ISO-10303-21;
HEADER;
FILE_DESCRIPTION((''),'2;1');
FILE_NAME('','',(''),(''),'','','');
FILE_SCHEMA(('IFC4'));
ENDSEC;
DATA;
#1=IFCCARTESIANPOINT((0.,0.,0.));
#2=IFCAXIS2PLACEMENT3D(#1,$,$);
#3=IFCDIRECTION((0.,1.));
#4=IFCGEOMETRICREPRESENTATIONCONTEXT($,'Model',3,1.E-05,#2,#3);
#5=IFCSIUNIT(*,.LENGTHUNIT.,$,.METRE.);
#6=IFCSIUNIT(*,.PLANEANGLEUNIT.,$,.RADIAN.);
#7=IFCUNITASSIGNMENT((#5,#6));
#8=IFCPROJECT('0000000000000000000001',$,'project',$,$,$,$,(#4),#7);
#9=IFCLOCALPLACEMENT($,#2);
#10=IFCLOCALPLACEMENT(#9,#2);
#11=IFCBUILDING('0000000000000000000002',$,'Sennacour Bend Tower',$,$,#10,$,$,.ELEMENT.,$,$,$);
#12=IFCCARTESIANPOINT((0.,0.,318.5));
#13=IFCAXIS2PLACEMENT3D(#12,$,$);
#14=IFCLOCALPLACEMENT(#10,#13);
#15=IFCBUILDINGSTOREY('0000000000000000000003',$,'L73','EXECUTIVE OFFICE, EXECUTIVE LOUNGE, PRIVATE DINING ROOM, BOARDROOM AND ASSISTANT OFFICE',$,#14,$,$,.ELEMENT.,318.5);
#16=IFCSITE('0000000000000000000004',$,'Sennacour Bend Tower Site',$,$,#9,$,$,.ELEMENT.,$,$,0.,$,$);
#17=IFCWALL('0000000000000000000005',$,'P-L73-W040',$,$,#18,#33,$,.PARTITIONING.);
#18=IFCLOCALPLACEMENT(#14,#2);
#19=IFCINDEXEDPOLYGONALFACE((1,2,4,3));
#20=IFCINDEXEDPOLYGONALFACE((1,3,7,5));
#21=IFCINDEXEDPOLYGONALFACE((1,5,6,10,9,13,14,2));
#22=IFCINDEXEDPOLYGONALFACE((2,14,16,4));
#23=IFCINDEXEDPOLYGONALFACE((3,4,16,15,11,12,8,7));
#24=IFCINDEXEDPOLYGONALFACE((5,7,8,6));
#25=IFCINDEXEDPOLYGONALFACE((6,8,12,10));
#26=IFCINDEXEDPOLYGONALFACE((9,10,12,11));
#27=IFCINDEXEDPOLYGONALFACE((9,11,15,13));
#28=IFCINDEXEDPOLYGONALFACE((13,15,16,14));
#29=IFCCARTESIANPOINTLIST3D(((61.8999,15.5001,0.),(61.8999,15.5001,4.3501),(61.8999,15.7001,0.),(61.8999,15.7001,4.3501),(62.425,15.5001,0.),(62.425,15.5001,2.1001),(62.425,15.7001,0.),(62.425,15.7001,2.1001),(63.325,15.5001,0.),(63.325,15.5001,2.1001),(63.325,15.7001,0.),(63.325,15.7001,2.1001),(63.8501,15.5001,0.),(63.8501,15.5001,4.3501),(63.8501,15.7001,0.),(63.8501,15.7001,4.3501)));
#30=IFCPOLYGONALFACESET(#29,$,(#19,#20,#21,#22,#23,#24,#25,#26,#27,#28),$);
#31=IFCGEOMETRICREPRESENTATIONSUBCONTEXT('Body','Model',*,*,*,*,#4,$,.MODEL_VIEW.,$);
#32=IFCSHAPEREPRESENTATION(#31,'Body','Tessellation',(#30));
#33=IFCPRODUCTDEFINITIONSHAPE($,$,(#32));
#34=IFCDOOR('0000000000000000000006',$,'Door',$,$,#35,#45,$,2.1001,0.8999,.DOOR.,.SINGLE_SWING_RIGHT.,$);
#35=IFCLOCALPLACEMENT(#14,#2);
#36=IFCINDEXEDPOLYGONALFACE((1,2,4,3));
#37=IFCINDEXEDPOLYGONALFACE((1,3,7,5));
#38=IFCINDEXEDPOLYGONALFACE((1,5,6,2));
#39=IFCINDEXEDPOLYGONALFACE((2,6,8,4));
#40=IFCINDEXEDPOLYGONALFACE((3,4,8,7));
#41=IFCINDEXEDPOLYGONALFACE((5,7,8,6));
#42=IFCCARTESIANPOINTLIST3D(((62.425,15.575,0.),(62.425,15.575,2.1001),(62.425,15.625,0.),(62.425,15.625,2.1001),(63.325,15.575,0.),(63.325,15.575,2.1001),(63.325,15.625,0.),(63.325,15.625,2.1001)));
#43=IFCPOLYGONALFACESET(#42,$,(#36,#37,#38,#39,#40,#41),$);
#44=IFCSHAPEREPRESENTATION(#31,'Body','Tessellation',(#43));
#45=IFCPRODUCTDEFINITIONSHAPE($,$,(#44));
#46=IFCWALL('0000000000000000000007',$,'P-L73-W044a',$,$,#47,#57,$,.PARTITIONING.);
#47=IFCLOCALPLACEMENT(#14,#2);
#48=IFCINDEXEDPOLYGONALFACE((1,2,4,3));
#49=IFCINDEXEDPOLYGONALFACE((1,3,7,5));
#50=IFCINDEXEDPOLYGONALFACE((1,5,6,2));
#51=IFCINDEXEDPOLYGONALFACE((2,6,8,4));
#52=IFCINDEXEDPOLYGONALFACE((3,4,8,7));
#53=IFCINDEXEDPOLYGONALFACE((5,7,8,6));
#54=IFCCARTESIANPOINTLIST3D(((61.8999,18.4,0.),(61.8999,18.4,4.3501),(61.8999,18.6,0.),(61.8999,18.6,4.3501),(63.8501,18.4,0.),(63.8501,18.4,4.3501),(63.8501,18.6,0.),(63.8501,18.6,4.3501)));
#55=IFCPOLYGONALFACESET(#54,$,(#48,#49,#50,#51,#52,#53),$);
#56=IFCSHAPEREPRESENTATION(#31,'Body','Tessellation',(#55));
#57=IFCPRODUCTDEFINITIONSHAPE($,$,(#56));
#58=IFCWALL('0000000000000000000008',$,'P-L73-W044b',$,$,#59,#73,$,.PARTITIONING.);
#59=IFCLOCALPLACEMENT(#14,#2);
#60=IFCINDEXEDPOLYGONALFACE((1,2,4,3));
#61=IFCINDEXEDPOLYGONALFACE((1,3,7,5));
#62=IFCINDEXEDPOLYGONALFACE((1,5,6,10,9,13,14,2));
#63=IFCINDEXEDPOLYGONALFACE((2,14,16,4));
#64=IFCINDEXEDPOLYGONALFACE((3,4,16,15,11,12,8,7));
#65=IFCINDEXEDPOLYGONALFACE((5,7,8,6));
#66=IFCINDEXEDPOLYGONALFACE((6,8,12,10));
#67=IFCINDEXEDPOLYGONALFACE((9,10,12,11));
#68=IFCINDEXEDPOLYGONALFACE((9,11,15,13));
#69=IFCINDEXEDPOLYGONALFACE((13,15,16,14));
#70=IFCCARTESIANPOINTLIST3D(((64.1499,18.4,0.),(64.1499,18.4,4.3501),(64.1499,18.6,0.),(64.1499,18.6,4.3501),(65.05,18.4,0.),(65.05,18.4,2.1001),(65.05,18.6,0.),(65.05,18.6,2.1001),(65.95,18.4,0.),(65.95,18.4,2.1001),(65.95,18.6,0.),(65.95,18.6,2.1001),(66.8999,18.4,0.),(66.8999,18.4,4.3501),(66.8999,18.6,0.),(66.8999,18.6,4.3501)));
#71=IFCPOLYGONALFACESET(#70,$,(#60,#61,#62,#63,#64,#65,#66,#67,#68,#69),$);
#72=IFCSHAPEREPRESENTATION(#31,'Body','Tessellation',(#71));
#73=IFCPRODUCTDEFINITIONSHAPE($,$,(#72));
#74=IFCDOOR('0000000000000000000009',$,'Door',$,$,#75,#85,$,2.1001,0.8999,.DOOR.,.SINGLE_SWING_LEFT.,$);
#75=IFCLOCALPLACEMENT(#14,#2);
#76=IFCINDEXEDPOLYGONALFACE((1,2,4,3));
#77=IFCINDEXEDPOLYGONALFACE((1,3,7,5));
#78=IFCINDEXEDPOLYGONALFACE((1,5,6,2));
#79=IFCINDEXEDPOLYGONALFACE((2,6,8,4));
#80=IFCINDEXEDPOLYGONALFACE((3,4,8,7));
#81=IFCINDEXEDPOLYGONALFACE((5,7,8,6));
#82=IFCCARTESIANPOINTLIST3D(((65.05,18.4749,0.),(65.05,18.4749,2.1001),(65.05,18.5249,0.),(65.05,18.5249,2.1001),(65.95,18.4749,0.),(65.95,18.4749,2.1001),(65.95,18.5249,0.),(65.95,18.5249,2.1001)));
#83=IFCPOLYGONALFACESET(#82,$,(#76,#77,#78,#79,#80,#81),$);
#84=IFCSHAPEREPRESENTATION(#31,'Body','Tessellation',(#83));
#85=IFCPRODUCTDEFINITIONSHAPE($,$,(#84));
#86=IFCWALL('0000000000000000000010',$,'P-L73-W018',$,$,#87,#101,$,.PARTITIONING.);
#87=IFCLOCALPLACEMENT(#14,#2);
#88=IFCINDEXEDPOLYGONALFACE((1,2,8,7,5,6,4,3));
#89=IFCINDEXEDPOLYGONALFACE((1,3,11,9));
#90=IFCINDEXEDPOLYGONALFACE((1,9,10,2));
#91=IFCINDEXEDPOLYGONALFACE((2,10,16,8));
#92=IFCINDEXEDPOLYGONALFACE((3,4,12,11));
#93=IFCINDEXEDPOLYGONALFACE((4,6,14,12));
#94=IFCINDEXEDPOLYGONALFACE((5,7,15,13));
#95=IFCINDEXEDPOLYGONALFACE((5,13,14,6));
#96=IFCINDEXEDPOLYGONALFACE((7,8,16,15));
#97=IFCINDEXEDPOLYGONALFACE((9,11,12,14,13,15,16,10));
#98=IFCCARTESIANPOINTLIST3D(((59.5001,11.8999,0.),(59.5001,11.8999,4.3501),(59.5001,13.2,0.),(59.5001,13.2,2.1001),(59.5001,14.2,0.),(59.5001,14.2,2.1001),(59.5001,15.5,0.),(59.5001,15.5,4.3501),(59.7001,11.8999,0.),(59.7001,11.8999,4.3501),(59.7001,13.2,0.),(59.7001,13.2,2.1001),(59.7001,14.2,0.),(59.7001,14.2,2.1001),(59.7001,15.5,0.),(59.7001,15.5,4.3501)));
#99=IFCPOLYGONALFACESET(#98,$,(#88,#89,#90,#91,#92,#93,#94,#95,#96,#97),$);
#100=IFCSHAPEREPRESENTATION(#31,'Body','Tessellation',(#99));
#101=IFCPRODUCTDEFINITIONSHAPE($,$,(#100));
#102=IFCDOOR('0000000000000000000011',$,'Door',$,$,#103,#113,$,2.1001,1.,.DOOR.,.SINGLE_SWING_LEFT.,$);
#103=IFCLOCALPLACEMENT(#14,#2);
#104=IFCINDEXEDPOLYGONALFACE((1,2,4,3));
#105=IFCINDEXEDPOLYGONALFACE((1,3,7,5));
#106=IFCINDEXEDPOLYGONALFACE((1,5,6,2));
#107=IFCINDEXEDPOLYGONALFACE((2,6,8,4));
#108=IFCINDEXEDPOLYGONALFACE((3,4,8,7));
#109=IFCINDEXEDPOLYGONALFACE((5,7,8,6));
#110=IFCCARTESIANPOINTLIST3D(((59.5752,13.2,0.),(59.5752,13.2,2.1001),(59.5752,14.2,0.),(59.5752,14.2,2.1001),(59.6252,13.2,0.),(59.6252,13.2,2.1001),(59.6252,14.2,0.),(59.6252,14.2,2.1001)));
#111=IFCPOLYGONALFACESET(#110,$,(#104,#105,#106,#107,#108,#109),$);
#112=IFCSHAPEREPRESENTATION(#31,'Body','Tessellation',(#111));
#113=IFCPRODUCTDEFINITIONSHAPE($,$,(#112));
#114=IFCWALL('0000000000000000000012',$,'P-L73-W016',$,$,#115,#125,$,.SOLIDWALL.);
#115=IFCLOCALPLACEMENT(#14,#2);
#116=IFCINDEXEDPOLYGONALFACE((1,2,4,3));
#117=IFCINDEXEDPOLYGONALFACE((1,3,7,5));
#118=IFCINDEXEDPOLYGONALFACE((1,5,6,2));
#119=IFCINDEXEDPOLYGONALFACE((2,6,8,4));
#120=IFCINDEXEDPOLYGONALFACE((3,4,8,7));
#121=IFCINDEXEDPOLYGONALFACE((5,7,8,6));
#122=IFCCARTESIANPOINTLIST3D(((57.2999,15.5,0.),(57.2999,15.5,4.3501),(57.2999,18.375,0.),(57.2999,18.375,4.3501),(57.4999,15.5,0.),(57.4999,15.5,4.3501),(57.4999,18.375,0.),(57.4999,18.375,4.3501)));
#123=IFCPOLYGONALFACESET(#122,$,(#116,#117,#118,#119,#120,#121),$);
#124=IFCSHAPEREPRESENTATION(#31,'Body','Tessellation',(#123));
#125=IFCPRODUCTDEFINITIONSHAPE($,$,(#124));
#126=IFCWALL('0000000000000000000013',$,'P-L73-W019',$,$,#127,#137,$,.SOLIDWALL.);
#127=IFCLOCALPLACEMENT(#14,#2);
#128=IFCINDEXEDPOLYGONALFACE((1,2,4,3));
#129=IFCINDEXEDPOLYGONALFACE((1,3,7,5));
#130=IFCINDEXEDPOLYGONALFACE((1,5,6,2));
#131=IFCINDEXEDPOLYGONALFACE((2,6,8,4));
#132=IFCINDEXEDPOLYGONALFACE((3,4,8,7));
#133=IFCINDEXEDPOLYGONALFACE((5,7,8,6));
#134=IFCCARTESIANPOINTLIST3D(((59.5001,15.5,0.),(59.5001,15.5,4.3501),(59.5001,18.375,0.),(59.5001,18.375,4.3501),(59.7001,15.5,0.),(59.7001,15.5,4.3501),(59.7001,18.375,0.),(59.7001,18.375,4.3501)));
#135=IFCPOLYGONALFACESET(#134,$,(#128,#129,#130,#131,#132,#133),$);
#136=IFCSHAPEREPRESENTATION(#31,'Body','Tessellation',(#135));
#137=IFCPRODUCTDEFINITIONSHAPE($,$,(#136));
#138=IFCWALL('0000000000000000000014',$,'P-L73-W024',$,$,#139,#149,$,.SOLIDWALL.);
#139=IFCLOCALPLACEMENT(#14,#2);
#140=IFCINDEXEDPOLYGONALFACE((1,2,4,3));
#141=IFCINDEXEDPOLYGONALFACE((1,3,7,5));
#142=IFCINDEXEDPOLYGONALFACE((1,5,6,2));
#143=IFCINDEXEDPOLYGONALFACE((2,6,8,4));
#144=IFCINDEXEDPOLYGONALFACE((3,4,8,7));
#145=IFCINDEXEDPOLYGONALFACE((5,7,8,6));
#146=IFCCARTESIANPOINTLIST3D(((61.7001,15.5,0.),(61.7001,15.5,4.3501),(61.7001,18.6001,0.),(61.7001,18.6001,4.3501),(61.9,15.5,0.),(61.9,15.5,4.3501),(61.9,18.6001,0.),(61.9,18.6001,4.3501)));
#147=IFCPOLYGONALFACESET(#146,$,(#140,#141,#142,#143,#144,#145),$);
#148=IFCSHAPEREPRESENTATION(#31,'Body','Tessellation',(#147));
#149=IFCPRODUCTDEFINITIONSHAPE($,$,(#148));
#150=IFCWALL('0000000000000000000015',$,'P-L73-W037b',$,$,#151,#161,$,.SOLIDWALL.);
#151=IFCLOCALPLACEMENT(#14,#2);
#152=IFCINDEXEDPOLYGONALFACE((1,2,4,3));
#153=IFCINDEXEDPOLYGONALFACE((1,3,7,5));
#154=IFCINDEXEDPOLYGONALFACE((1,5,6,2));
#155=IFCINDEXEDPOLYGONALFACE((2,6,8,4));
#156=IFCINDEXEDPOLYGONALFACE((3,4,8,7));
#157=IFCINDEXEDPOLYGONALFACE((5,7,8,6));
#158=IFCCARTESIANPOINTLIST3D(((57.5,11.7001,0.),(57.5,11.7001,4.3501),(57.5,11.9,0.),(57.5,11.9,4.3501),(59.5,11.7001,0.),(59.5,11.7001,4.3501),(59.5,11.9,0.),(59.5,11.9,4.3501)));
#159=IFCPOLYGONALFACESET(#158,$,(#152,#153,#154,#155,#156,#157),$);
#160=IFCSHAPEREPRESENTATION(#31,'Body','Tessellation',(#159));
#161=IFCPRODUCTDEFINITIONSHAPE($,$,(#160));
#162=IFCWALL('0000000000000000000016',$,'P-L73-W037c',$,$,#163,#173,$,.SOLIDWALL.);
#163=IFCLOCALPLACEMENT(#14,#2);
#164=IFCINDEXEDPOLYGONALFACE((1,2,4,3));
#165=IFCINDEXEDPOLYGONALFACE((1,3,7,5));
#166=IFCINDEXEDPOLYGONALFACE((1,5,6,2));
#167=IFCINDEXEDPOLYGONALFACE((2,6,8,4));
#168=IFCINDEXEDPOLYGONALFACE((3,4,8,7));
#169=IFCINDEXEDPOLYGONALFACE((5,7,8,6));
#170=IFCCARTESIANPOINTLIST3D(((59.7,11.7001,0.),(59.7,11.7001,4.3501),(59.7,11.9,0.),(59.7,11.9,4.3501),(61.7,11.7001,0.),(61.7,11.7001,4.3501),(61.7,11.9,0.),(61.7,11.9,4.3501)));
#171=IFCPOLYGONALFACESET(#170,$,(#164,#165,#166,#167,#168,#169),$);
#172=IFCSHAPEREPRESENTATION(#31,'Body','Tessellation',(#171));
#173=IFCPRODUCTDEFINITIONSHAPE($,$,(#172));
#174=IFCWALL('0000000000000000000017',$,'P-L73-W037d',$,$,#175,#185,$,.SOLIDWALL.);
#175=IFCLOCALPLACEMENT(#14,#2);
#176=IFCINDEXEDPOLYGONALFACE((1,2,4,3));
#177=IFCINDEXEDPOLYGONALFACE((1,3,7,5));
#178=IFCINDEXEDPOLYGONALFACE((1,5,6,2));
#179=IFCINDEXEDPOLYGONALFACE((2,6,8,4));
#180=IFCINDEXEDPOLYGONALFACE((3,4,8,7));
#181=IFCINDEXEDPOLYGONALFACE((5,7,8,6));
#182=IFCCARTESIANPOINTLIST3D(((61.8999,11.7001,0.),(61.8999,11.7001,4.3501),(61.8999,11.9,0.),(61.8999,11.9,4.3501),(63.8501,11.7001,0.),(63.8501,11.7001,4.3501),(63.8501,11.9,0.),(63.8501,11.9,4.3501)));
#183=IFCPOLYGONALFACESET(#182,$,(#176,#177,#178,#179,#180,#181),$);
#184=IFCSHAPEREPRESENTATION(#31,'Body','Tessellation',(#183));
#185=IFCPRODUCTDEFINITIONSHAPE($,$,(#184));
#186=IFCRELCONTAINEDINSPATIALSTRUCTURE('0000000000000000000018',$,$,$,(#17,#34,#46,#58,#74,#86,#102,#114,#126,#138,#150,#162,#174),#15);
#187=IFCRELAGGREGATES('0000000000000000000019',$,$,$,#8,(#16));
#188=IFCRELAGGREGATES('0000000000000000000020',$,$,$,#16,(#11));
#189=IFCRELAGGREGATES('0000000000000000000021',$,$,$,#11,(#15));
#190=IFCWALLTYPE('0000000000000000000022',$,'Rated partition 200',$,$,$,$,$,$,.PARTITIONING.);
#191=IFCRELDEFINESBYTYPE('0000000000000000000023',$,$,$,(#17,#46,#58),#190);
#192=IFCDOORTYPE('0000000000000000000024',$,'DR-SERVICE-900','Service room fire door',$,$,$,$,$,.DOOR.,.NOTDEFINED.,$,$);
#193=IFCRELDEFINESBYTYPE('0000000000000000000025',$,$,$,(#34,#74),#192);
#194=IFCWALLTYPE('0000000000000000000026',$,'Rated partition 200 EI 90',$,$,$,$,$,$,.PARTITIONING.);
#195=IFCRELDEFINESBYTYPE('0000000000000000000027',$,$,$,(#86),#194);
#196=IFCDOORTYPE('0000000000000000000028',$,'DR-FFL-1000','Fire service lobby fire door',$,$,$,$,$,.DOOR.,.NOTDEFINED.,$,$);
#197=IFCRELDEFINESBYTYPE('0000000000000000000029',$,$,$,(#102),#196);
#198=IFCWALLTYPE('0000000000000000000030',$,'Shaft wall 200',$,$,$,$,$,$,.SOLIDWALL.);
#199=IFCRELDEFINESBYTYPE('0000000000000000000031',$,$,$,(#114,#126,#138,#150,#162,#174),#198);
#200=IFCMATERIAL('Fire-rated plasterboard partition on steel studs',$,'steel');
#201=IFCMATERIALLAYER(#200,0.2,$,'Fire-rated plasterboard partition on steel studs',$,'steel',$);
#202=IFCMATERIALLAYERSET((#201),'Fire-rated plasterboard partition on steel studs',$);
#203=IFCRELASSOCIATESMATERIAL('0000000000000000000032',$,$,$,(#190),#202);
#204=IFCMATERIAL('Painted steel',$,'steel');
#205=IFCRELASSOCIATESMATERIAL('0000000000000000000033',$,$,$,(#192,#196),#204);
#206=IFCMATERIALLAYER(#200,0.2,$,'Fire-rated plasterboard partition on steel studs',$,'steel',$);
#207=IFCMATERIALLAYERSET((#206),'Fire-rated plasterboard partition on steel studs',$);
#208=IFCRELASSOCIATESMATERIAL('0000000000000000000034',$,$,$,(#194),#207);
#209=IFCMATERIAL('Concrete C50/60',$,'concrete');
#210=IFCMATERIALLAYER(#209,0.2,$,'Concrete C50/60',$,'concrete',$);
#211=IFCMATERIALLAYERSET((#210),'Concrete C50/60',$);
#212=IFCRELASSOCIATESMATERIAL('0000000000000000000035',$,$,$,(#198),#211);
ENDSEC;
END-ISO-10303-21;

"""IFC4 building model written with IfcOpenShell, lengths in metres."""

from ifc_helpers import new_model, si_unit, direction, frame, frame_2d, origin, place, context, subcontext, project, spatial, rectangle, extrude, material, layer, layer_set, type_object, element, fill, save


model = new_model("IFC4")

# Units and contexts
model_context = context("Model", 3, precision=1e-05, world=origin(), true_north=direction((0.0, 1.0)))
body_context = subcontext(model_context, "Body", "Model", "MODEL_VIEW")
ifc_project = project(units=[si_unit("LENGTHUNIT", "METRE"), si_unit("PLANEANGLEUNIT", "RADIAN")], contexts=[model_context])

# Site, building, storey
site_placement = place(None, origin())
site = spatial("IfcSite", under=ifc_project, at=site_placement, Name="Sennacour Bend Tower Site", CompositionType="ELEMENT", RefElevation=0.0)
building_placement = place(site_placement, origin())
building = spatial("IfcBuilding", under=site, at=building_placement, Name="Sennacour Bend Tower", CompositionType="ELEMENT")
storey_placement = place(building_placement, frame((0.0, 0.0, 318.5)))
storey = spatial("IfcBuildingStorey", under=building, at=storey_placement, Name="L73", Description="EXECUTIVE OFFICE, EXECUTIVE LOUNGE, PRIVATE DINING ROOM, BOARDROOM AND ASSISTANT OFFICE", CompositionType="ELEMENT", Elevation=318.5)

# Wall, opening, door
ifc_material_1 = material(Name="Fire-rated plasterboard partition on steel studs", Category="steel")
ifc_layer_1 = layer(ifc_material_1, 0.2, Name="Fire-rated plasterboard partition on steel studs", Category="steel")
ifc_layer_set_1 = layer_set([ifc_layer_1], Name="Fire-rated plasterboard partition on steel studs")
wall_type_1 = type_object("IfcWallType", Name="Rated partition 200", PredefinedType="PARTITIONING", material=ifc_layer_set_1)
wall_1_placement = place(storey_placement, frame((61.8999, 15.6001, 0.0), z_axis=(0.0, 0.0, 1.0), x_axis=(1.0, 0.0, 0.0)))
wall_1 = element("IfcWall", 1, at=wall_1_placement, inside=storey, type_object=wall_type_1, Name="P-L73-W040", PredefinedType="PARTITIONING", context=body_context, shape_type="SweptSolid", body=[
    extrude(rectangle(XDim=1.9502, YDim=0.2, at=frame_2d((0.9751, 0.0))), origin(), (0.0, 0.0, 1.0), 4.3501),
])
opening_1_placement = place(wall_1_placement, frame((0.5251, 0.0, 0.0)))
opening_1 = element("IfcOpeningElement", 2, at=opening_1_placement, cuts=wall_1, PredefinedType="OPENING", context=body_context, shape_type="SweptSolid", body=[
    extrude(rectangle(XDim=0.8999, YDim=2.1001, at=frame_2d((0.45, 1.05))), frame((0.0, 0.1099, 0.0), z_axis=(0.0, -1.0, 0.0), x_axis=(1.0, 0.0, 0.0)), (0.0, 0.0, 1.0), 0.22),
])
ifc_material_2 = material(Name="Painted steel", Category="steel")
door_type_1 = type_object("IfcDoorType", Name="DR-SERVICE-900", Description="Service room fire door", OperationType="NOTDEFINED", PredefinedType="DOOR", material=ifc_material_2)
door_1_placement = place(opening_1_placement, origin())
door_1 = element("IfcDoor", 3, at=door_1_placement, inside=storey, type_object=door_type_1, Name="Door", OperationType="SINGLE_SWING_RIGHT", OverallHeight=2.1001, OverallWidth=0.8999, PredefinedType="DOOR", context=body_context, shape_type="SweptSolid", body=[
    extrude(rectangle(XDim=0.8999, YDim=2.1001, at=frame_2d((0.45, 1.05))), frame((0.0, 0.0249, 0.0), z_axis=(0.0, -1.0, 0.0), x_axis=(1.0, 0.0, 0.0)), (0.0, 0.0, 1.0), 0.05),
])
fill(opening_1, door_1)

# Wall
wall_2_placement = place(storey_placement, frame((61.8999, 18.5, 0.0), z_axis=(0.0, 0.0, 1.0), x_axis=(1.0, 0.0, 0.0)))
element("IfcWall", 4, at=wall_2_placement, inside=storey, type_object=wall_type_1, Name="P-L73-W044a", PredefinedType="PARTITIONING", context=body_context, shape_type="SweptSolid", body=[
    extrude(rectangle(XDim=1.9502, YDim=0.2, at=frame_2d((0.9751, 0.0))), origin(), (0.0, 0.0, 1.0), 4.3501),
])

# Walls, openings, doors
wall_3_placement = place(storey_placement, frame((64.1499, 18.5, 0.0), z_axis=(0.0, 0.0, 1.0), x_axis=(1.0, 0.0, 0.0)))
wall_3 = element("IfcWall", 5, at=wall_3_placement, inside=storey, type_object=wall_type_1, Name="P-L73-W044b", PredefinedType="PARTITIONING", context=body_context, shape_type="SweptSolid", body=[
    extrude(rectangle(XDim=2.75, YDim=0.2, at=frame_2d((1.375, 0.0))), origin(), (0.0, 0.0, 1.0), 4.3501),
])
opening_2_placement = place(wall_3_placement, frame((0.9001, 0.0, 0.0)))
opening_2 = element("IfcOpeningElement", 6, at=opening_2_placement, cuts=wall_3, PredefinedType="OPENING", context=body_context, shape_type="SweptSolid", body=[
    extrude(rectangle(XDim=0.8999, YDim=2.1001, at=frame_2d((0.45, 1.05))), frame((0.0, 0.1099, 0.0), z_axis=(0.0, -1.0, 0.0), x_axis=(1.0, 0.0, 0.0)), (0.0, 0.0, 1.0), 0.22),
])
door_2_placement = place(opening_2_placement, origin())
door_2 = element("IfcDoor", 7, at=door_2_placement, inside=storey, type_object=door_type_1, Name="Door", OperationType="SINGLE_SWING_LEFT", OverallHeight=2.1001, OverallWidth=0.8999, PredefinedType="DOOR", context=body_context, shape_type="SweptSolid", body=[
    extrude(rectangle(XDim=0.8999, YDim=2.1001, at=frame_2d((0.45, 1.05))), frame((0.0, 0.0249, 0.0), z_axis=(0.0, -1.0, 0.0), x_axis=(1.0, 0.0, 0.0)), (0.0, 0.0, 1.0), 0.05),
])
fill(opening_2, door_2)
ifc_layer_2 = layer(ifc_material_1, 0.2, Name="Fire-rated plasterboard partition on steel studs", Category="steel")
ifc_layer_set_2 = layer_set([ifc_layer_2], Name="Fire-rated plasterboard partition on steel studs")
wall_type_2 = type_object("IfcWallType", Name="Rated partition 200 EI 90", PredefinedType="PARTITIONING", material=ifc_layer_set_2)
wall_4_placement = place(storey_placement, frame((59.6001, 11.8999, 0.0), z_axis=(0.0, 0.0, 1.0), x_axis=(0.0, 1.0, 0.0)))
wall_4 = element("IfcWall", 8, at=wall_4_placement, inside=storey, type_object=wall_type_2, Name="P-L73-W018", PredefinedType="PARTITIONING", context=body_context, shape_type="SweptSolid", body=[
    extrude(rectangle(XDim=3.6001, YDim=0.2, at=frame_2d((1.8, 0.0))), origin(), (0.0, 0.0, 1.0), 4.3501),
])
opening_3_placement = place(wall_4_placement, frame((1.3, 0.0, 0.0)))
opening_3 = element("IfcOpeningElement", 9, at=opening_3_placement, cuts=wall_4, PredefinedType="OPENING", context=body_context, shape_type="SweptSolid", body=[
    extrude(rectangle(XDim=1.0, YDim=2.1001, at=frame_2d((0.5, 1.05))), frame((0.0, 0.1099, 0.0), z_axis=(0.0, -1.0, 0.0), x_axis=(1.0, 0.0, 0.0)), (0.0, 0.0, 1.0), 0.22),
])
door_type_2 = type_object("IfcDoorType", Name="DR-FFL-1000", Description="Fire service lobby fire door", OperationType="NOTDEFINED", PredefinedType="DOOR", material=ifc_material_2)
door_3_placement = place(opening_3_placement, origin())
door_3 = element("IfcDoor", 10, at=door_3_placement, inside=storey, type_object=door_type_2, Name="Door", OperationType="SINGLE_SWING_LEFT", OverallHeight=2.1001, OverallWidth=1.0, PredefinedType="DOOR", context=body_context, shape_type="SweptSolid", body=[
    extrude(rectangle(XDim=1.0, YDim=2.1001, at=frame_2d((0.5, 1.05))), frame((0.0, 0.0249, 0.0), z_axis=(0.0, -1.0, 0.0), x_axis=(1.0, 0.0, 0.0)), (0.0, 0.0, 1.0), 0.05),
])
fill(opening_3, door_3)

# Walls
ifc_material_3 = material(Name="Concrete C50/60", Category="concrete")
ifc_layer_3 = layer(ifc_material_3, 0.2, Name="Concrete C50/60", Category="concrete")
ifc_layer_set_3 = layer_set([ifc_layer_3], Name="Concrete C50/60")
wall_type_3 = type_object("IfcWallType", Name="Shaft wall 200", PredefinedType="SOLIDWALL", material=ifc_layer_set_3)
for number, where, z_axis, x_axis, name in (
    (11, (57.3999, 15.5, 0.0), (0.0, 0.0, 1.0), (0.0, 1.0, 0.0), "P-L73-W016"),
    (12, (59.6001, 15.5, 0.0), (0.0, 0.0, 1.0), (0.0, 1.0, 0.0), "P-L73-W019"),
):
    element("IfcWall", number, at=place(storey_placement, frame(where, z_axis=z_axis, x_axis=x_axis)), inside=storey, type_object=wall_type_3, Name=name, PredefinedType="SOLIDWALL", context=body_context, shape_type="SweptSolid", body=[
        extrude(rectangle(XDim=2.875, YDim=0.2, at=frame_2d((1.4375, 0.0))), origin(), (0.0, 0.0, 1.0), 4.3501),
    ])
wall_5_placement = place(storey_placement, frame((61.8, 15.5, 0.0), z_axis=(0.0, 0.0, 1.0), x_axis=(0.0, 1.0, 0.0)))
element("IfcWall", 13, at=wall_5_placement, inside=storey, type_object=wall_type_3, Name="P-L73-W024", PredefinedType="SOLIDWALL", context=body_context, shape_type="SweptSolid", body=[
    extrude(rectangle(XDim=3.1001, YDim=0.2, at=frame_2d((1.55, 0.0))), origin(), (0.0, 0.0, 1.0), 4.3501),
])
for number, where, z_axis, x_axis, name in (
    (14, (57.5, 11.8, 0.0), (0.0, 0.0, 1.0), (1.0, 0.0, 0.0), "P-L73-W037b"),
    (15, (59.7, 11.8, 0.0), (0.0, 0.0, 1.0), (1.0, 0.0, 0.0), "P-L73-W037c"),
):
    element("IfcWall", number, at=place(storey_placement, frame(where, z_axis=z_axis, x_axis=x_axis)), inside=storey, type_object=wall_type_3, Name=name, PredefinedType="SOLIDWALL", context=body_context, shape_type="SweptSolid", body=[
        extrude(rectangle(XDim=2.0, YDim=0.2, at=frame_2d((1.0, 0.0))), origin(), (0.0, 0.0, 1.0), 4.3501),
    ])
wall_6_placement = place(storey_placement, frame((61.8999, 11.8, 0.0), z_axis=(0.0, 0.0, 1.0), x_axis=(1.0, 0.0, 0.0)))
element("IfcWall", 16, at=wall_6_placement, inside=storey, type_object=wall_type_3, Name="P-L73-W037d", PredefinedType="SOLIDWALL", context=body_context, shape_type="SweptSolid", body=[
    extrude(rectangle(XDim=1.9502, YDim=0.2, at=frame_2d((0.9751, 0.0))), origin(), (0.0, 0.0, 1.0), 4.3501),
])

save(model, "model.ifc")
